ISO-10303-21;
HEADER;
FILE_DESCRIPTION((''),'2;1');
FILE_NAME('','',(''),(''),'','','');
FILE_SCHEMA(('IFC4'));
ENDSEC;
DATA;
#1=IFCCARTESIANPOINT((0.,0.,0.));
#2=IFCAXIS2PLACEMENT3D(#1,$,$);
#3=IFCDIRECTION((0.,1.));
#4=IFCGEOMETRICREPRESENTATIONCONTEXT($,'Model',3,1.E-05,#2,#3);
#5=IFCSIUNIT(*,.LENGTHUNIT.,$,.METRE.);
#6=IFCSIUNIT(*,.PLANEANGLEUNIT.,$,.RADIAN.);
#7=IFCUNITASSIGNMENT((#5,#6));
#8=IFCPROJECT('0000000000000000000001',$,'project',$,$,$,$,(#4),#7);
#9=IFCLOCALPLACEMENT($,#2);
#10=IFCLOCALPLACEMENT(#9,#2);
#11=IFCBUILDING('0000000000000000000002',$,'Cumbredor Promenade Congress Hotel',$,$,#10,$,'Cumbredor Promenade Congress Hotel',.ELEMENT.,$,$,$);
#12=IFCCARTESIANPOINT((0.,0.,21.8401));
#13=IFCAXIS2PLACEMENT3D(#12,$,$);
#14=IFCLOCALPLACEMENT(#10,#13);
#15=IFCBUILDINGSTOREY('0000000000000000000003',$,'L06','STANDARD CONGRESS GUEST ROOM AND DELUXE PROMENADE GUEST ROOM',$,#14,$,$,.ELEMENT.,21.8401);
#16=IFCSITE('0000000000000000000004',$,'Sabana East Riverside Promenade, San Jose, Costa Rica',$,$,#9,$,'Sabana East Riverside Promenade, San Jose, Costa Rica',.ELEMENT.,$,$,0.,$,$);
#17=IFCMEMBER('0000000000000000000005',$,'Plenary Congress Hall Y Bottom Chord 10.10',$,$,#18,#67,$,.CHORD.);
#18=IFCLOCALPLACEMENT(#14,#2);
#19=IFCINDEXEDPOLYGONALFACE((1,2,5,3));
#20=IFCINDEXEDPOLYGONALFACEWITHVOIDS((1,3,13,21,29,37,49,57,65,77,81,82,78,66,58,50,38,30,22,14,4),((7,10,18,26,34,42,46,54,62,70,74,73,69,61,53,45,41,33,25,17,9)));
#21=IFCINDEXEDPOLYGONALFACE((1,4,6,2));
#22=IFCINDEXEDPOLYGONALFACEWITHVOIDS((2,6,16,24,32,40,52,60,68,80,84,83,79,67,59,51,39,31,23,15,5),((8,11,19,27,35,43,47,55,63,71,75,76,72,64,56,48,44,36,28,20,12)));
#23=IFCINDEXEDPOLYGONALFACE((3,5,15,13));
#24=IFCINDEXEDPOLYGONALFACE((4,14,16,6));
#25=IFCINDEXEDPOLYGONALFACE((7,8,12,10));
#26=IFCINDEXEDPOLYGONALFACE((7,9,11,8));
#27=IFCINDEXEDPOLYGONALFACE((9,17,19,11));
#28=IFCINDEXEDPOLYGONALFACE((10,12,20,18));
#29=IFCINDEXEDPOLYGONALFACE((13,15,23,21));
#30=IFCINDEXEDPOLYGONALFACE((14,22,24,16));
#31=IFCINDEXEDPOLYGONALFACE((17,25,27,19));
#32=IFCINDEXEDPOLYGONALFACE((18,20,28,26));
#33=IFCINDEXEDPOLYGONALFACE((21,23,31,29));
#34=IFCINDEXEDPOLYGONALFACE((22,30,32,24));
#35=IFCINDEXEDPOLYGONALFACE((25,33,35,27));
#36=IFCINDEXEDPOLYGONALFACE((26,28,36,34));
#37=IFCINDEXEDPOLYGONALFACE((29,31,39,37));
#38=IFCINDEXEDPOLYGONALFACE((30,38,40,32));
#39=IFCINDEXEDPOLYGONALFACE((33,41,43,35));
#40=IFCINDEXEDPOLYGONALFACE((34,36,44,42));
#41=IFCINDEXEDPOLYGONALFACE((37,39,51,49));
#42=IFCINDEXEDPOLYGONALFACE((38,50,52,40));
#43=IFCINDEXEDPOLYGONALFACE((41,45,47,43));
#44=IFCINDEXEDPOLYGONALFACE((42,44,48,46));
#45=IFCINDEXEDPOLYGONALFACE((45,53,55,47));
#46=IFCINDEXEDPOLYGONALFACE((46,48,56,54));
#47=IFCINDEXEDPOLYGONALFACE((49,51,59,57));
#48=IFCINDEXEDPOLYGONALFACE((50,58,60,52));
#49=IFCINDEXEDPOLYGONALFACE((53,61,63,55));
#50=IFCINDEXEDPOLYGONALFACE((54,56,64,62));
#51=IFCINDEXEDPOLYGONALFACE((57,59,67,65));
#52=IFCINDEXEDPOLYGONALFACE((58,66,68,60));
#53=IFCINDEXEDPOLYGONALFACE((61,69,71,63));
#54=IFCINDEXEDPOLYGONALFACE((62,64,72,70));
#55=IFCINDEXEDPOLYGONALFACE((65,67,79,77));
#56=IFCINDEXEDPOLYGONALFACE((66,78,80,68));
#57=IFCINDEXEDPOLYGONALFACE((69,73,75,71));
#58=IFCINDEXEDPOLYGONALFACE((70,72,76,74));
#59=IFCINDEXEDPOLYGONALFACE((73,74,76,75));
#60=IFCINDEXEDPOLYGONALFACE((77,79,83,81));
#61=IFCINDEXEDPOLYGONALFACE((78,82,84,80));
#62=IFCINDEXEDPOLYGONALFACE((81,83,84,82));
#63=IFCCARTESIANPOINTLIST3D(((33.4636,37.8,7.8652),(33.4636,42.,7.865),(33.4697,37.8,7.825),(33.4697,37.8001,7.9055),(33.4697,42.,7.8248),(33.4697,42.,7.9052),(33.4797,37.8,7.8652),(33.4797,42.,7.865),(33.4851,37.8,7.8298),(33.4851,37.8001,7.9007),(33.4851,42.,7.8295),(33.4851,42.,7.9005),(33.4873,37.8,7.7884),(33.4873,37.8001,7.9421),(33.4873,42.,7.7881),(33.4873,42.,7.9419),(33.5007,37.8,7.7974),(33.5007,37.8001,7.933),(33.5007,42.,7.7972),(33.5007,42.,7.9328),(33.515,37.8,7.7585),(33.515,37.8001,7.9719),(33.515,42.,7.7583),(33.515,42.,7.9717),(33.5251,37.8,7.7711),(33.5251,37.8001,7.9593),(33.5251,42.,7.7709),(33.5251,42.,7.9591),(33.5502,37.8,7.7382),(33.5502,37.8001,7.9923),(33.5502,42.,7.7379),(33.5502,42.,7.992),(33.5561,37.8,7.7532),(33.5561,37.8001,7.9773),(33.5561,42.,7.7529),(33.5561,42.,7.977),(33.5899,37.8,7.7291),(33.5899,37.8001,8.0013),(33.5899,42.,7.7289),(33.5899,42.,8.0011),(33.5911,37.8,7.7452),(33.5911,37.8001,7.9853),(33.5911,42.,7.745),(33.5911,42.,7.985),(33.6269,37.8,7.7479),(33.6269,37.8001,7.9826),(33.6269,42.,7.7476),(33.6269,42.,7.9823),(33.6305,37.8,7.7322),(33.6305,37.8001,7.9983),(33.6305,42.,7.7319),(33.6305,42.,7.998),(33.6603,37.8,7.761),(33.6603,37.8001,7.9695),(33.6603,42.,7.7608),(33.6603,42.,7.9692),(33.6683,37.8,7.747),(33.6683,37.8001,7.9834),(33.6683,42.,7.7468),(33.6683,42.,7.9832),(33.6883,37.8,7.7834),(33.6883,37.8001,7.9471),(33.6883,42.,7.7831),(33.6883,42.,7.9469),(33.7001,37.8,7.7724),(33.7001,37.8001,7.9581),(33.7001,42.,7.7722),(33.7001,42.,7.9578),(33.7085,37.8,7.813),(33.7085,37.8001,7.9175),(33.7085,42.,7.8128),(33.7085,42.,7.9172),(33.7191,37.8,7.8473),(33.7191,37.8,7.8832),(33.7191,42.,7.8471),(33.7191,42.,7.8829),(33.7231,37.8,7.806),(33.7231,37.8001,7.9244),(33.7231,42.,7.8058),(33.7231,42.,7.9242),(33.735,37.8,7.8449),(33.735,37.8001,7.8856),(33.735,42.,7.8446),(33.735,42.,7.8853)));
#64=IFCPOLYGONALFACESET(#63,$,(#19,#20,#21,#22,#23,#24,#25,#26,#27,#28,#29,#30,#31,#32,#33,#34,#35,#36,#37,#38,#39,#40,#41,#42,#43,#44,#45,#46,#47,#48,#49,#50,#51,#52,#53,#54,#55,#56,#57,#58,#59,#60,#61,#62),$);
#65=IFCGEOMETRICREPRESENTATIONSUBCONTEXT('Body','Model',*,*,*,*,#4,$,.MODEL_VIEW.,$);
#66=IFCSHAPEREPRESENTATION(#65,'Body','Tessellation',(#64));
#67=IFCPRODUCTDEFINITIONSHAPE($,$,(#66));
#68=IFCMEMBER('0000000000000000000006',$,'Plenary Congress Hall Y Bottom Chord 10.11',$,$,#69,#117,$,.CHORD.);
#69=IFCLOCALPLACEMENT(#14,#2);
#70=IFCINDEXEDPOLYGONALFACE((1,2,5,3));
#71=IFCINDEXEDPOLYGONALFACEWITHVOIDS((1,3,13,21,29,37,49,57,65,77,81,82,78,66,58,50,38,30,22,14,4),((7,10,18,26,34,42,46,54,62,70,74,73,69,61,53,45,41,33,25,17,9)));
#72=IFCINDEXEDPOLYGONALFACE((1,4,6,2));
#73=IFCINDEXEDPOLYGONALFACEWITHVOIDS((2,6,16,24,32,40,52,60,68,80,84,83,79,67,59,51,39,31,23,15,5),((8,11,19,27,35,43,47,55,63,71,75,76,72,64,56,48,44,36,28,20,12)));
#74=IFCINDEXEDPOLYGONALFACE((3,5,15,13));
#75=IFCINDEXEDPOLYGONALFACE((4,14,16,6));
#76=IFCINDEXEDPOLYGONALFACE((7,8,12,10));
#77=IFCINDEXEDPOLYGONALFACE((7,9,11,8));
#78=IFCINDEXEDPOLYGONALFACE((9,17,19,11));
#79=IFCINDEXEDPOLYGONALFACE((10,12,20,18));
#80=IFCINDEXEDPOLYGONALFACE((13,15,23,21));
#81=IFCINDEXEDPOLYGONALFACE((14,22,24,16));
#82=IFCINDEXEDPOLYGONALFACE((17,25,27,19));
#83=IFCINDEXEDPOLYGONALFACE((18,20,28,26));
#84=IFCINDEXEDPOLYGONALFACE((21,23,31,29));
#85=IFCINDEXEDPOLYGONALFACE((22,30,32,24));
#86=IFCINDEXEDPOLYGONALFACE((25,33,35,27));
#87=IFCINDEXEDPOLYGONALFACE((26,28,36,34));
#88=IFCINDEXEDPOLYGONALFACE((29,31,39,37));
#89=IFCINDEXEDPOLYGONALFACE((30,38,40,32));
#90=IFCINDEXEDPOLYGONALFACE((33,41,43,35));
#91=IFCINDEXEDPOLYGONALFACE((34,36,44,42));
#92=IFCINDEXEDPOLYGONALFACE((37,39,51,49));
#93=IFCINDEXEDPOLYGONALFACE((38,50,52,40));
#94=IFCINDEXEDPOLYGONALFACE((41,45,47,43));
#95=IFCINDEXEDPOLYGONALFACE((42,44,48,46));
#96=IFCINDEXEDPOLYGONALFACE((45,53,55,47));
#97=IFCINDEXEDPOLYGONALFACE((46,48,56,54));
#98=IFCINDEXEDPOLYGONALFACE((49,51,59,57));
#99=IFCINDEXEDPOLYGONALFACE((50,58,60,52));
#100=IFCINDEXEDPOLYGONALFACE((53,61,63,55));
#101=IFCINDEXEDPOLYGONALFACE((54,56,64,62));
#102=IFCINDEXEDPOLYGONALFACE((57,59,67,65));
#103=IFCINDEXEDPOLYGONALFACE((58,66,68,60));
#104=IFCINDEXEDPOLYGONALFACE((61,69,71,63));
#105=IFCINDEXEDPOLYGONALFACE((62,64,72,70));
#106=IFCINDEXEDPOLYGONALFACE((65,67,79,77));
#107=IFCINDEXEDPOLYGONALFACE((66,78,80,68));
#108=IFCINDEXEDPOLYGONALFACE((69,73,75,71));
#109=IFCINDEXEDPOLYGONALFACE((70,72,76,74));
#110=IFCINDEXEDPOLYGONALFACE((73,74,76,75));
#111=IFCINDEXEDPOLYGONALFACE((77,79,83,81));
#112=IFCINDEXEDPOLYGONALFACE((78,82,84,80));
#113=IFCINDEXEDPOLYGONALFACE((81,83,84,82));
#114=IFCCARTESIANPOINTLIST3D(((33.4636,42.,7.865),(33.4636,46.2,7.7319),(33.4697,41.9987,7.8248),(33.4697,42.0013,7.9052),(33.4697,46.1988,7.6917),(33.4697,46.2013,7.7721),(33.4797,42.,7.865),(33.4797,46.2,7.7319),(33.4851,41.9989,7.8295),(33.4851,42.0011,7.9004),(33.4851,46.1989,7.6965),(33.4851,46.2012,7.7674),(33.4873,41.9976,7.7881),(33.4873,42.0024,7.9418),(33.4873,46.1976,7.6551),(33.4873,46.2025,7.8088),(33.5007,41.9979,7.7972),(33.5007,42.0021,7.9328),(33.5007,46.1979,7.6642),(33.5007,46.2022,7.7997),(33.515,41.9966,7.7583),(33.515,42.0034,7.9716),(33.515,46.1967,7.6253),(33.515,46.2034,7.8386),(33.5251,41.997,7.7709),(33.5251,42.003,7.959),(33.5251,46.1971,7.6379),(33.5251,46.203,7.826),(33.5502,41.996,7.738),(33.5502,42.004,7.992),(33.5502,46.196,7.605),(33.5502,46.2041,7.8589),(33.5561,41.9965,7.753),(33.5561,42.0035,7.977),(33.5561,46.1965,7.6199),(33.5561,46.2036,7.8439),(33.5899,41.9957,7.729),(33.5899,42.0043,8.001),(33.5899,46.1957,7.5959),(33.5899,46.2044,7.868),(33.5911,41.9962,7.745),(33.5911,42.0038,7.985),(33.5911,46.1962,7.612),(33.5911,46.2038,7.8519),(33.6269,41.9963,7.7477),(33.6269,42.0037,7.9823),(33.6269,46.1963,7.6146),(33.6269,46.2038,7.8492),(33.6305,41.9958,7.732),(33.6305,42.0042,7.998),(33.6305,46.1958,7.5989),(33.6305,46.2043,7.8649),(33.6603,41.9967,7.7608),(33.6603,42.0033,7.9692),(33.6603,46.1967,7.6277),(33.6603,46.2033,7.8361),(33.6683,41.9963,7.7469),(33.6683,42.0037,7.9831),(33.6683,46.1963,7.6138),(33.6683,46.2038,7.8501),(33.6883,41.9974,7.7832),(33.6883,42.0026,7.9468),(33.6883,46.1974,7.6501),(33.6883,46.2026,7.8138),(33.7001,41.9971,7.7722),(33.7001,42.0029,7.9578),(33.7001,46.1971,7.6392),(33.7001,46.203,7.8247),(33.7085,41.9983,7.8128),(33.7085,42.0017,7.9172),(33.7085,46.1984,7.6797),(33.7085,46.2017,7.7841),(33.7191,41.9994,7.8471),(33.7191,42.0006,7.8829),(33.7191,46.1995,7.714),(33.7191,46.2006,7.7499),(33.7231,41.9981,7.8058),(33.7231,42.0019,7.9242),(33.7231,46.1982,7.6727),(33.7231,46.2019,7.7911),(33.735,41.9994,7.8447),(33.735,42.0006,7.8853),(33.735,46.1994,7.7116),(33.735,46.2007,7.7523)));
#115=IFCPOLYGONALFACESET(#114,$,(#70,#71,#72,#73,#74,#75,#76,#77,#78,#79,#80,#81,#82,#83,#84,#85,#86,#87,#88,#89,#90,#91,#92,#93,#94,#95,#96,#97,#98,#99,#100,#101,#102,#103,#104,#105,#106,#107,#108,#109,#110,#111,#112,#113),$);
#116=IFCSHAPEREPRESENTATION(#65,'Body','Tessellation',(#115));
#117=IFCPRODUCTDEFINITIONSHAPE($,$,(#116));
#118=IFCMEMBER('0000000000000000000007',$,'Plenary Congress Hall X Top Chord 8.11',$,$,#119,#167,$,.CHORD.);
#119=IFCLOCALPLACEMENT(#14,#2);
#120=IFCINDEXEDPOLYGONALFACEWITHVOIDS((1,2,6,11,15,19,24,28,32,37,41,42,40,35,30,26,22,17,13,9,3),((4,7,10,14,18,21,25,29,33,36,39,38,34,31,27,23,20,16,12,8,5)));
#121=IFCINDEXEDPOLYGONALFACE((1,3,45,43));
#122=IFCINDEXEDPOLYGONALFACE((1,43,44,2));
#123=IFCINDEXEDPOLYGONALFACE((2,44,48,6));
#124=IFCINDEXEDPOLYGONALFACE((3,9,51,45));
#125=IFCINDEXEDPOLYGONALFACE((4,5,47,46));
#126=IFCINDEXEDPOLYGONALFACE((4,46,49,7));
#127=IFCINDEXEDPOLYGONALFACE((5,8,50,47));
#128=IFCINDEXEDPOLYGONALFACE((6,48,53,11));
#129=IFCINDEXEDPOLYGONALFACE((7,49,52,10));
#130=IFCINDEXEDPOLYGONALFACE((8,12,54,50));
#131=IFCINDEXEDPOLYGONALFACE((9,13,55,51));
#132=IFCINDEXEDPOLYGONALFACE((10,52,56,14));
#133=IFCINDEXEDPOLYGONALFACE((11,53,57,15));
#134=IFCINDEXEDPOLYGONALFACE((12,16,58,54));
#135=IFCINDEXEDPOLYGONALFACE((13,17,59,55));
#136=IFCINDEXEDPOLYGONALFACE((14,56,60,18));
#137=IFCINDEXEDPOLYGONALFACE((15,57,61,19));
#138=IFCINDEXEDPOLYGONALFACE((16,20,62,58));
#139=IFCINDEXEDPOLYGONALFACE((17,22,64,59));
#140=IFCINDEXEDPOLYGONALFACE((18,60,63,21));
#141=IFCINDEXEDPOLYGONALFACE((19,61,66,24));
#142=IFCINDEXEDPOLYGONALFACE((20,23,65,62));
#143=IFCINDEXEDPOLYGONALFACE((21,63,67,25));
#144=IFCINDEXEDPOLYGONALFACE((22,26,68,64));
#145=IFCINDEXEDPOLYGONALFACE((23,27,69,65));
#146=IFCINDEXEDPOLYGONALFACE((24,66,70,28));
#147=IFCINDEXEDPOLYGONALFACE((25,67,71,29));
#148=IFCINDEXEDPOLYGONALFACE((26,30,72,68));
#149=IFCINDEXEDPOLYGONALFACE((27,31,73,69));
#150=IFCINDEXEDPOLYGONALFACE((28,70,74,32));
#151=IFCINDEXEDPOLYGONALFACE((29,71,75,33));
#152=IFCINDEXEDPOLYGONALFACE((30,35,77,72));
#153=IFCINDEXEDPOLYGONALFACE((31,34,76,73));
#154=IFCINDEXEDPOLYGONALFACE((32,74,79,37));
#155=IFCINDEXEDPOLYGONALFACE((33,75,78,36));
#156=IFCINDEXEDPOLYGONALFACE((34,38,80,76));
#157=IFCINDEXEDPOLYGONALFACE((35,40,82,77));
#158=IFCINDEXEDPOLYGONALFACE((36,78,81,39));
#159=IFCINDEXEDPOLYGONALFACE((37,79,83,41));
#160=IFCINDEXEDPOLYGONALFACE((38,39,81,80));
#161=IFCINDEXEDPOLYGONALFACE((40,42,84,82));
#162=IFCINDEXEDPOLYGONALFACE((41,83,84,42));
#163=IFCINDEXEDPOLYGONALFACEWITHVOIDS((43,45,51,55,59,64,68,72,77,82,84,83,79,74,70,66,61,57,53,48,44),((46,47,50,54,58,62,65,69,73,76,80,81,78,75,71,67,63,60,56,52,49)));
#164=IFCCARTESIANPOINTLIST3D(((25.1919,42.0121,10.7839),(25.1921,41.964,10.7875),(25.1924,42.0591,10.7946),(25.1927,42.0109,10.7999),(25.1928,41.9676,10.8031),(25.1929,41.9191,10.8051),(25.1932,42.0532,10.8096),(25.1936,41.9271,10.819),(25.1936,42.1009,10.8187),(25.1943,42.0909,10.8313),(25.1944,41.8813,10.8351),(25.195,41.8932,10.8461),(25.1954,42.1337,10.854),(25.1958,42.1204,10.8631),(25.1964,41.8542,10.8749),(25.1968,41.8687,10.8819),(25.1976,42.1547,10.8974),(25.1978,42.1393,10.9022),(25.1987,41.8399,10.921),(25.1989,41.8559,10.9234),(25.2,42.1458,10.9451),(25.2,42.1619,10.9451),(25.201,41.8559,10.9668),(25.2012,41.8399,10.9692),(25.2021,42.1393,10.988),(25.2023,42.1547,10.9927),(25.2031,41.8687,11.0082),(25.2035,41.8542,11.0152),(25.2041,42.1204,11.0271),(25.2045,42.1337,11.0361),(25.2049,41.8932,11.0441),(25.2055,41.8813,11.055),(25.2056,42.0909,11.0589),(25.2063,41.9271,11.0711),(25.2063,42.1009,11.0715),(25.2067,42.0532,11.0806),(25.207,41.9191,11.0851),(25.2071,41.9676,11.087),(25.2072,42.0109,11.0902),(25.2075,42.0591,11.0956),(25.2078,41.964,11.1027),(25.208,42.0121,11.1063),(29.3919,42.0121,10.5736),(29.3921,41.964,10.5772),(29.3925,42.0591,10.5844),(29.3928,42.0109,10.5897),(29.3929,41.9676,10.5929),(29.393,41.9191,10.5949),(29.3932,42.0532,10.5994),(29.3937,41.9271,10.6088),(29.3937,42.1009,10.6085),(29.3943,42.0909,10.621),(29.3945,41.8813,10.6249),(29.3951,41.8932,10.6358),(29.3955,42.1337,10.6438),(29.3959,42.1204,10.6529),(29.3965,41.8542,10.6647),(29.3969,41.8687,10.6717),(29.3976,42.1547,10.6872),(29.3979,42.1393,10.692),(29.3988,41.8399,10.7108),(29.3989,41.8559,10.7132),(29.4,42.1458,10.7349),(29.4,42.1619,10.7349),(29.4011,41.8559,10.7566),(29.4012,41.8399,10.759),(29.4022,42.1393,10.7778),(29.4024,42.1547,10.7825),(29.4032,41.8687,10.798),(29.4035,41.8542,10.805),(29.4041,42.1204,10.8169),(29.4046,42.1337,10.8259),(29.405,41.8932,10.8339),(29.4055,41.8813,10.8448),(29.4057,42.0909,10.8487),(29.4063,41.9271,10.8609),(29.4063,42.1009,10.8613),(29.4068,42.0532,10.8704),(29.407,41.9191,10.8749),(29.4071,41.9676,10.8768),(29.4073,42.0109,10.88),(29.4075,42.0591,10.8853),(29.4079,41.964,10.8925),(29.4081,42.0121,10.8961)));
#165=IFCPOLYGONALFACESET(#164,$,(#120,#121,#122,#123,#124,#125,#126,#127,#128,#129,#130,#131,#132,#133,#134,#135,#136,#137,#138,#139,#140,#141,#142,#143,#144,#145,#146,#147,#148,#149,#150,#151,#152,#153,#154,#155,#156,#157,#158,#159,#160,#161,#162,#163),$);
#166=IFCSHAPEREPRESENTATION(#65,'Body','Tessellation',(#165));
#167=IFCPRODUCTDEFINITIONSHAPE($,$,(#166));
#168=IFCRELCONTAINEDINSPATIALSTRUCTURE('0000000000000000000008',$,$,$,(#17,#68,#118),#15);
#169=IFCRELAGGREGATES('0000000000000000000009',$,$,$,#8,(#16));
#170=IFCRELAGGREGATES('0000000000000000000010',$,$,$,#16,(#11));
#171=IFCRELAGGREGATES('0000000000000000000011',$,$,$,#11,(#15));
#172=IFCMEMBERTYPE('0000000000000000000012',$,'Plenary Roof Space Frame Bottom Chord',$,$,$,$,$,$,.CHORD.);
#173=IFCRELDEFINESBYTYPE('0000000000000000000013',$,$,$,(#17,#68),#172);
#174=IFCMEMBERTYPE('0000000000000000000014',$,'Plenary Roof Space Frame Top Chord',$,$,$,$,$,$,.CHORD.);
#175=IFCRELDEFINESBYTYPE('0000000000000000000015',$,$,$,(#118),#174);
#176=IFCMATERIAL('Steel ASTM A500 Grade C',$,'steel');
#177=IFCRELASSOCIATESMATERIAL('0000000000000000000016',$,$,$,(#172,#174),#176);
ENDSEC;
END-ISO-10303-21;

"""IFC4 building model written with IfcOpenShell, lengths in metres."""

from ifc_helpers import new_model, si_unit, direction, frame, origin, origin_2d, place, context, subcontext, project, spatial, hollow_circle, extrude, material, material_profile, profile_set, type_object, element, save


model = new_model("IFC4")

# Units and contexts
model_context = context("Model", 3, precision=1e-05, world=origin(), true_north=direction((0.0, 1.0)))
body_context = subcontext(model_context, "Body", "Model", "MODEL_VIEW")
ifc_project = project(units=[si_unit("LENGTHUNIT", "METRE"), si_unit("PLANEANGLEUNIT", "RADIAN")], contexts=[model_context])

# Site, building, storey
site_placement = place(None, origin())
site = spatial("IfcSite", under=ifc_project, at=site_placement, Name="Sabana East Riverside Promenade, San Jose, Costa Rica", LongName="Sabana East Riverside Promenade, San Jose, Costa Rica", CompositionType="ELEMENT", RefElevation=0.0)
building_placement = place(site_placement, origin())
building = spatial("IfcBuilding", under=site, at=building_placement, Name="Cumbredor Promenade Congress Hotel", LongName="Cumbredor Promenade Congress Hotel", CompositionType="ELEMENT")
storey_placement = place(building_placement, frame((0.0, 0.0, 21.8401)))
storey = spatial("IfcBuildingStorey", under=building, at=storey_placement, Name="L06", Description="STANDARD CONGRESS GUEST ROOM AND DELUXE PROMENADE GUEST ROOM", CompositionType="ELEMENT", Elevation=21.8401)

# Members
ifc_material_1 = material(Name="Steel ASTM A500 Grade C", Category="steel")
ifc_material_profile_1 = material_profile(ifc_material_1, hollow_circle(Radius=0.1365, WallThickness=0.0161, at=origin_2d()), Name="CHS 273.0x16")
ifc_profile_set_1 = profile_set([ifc_material_profile_1], Name="Steel ASTM A500 Grade C")
member_type_1 = type_object("IfcMemberType", Name="Plenary Roof Space Frame Bottom Chord", PredefinedType="CHORD", material=ifc_profile_set_1)
member_1_placement = place(storey_placement, frame((33.6001, 37.8, 7.8652), z_axis=(0.0, 1.0, -0.000058), x_axis=(-1.0, 0.0, 0.0)))
element("IfcMember", 1, at=member_1_placement, inside=storey, type_object=member_type_1, Name="Plenary Congress Hall Y Bottom Chord 10.10", PredefinedType="CHORD", context=body_context, shape_type="SweptSolid", body=[
    extrude(hollow_circle(Radius=0.1365, WallThickness=0.0161, at=origin_2d()), origin(), (0.0, 0.0, 1.0), 4.2),
])
member_2_placement = place(storey_placement, frame((33.6001, 42.0, 7.865), z_axis=(0.0, 0.999499, -0.031665), x_axis=(-1.0, 0.0, 0.0)))
element("IfcMember", 2, at=member_2_placement, inside=storey, type_object=member_type_1, Name="Plenary Congress Hall Y Bottom Chord 10.11", PredefinedType="CHORD", context=body_context, shape_type="SweptSolid", body=[
    extrude(hollow_circle(Radius=0.1365, WallThickness=0.0161, at=origin_2d()), origin(), (0.0, 0.0, 1.0), 4.2021),
])
ifc_material_profile_2 = material_profile(ifc_material_1, hollow_circle(Radius=0.1619, WallThickness=0.0161, at=origin_2d()), Name="CHS 323.9x16")
ifc_profile_set_2 = profile_set([ifc_material_profile_2], Name="Steel ASTM A500 Grade C")
member_type_2 = type_object("IfcMemberType", Name="Plenary Roof Space Frame Top Chord", PredefinedType="CHORD", material=ifc_profile_set_2)
member_3_placement = place(storey_placement, frame((25.2, 42.0, 10.9451), z_axis=(0.99875, 0.0, -0.049987), x_axis=(0.0, 1.0, 0.0)))
element("IfcMember", 3, at=member_3_placement, inside=storey, type_object=member_type_2, Name="Plenary Congress Hall X Top Chord 8.11", PredefinedType="CHORD", context=body_context, shape_type="SweptSolid", body=[
    extrude(hollow_circle(Radius=0.1619, WallThickness=0.0161, at=origin_2d()), origin(), (0.0, 0.0, 1.0), 4.2053),
])

save(model, "model.ifc")
